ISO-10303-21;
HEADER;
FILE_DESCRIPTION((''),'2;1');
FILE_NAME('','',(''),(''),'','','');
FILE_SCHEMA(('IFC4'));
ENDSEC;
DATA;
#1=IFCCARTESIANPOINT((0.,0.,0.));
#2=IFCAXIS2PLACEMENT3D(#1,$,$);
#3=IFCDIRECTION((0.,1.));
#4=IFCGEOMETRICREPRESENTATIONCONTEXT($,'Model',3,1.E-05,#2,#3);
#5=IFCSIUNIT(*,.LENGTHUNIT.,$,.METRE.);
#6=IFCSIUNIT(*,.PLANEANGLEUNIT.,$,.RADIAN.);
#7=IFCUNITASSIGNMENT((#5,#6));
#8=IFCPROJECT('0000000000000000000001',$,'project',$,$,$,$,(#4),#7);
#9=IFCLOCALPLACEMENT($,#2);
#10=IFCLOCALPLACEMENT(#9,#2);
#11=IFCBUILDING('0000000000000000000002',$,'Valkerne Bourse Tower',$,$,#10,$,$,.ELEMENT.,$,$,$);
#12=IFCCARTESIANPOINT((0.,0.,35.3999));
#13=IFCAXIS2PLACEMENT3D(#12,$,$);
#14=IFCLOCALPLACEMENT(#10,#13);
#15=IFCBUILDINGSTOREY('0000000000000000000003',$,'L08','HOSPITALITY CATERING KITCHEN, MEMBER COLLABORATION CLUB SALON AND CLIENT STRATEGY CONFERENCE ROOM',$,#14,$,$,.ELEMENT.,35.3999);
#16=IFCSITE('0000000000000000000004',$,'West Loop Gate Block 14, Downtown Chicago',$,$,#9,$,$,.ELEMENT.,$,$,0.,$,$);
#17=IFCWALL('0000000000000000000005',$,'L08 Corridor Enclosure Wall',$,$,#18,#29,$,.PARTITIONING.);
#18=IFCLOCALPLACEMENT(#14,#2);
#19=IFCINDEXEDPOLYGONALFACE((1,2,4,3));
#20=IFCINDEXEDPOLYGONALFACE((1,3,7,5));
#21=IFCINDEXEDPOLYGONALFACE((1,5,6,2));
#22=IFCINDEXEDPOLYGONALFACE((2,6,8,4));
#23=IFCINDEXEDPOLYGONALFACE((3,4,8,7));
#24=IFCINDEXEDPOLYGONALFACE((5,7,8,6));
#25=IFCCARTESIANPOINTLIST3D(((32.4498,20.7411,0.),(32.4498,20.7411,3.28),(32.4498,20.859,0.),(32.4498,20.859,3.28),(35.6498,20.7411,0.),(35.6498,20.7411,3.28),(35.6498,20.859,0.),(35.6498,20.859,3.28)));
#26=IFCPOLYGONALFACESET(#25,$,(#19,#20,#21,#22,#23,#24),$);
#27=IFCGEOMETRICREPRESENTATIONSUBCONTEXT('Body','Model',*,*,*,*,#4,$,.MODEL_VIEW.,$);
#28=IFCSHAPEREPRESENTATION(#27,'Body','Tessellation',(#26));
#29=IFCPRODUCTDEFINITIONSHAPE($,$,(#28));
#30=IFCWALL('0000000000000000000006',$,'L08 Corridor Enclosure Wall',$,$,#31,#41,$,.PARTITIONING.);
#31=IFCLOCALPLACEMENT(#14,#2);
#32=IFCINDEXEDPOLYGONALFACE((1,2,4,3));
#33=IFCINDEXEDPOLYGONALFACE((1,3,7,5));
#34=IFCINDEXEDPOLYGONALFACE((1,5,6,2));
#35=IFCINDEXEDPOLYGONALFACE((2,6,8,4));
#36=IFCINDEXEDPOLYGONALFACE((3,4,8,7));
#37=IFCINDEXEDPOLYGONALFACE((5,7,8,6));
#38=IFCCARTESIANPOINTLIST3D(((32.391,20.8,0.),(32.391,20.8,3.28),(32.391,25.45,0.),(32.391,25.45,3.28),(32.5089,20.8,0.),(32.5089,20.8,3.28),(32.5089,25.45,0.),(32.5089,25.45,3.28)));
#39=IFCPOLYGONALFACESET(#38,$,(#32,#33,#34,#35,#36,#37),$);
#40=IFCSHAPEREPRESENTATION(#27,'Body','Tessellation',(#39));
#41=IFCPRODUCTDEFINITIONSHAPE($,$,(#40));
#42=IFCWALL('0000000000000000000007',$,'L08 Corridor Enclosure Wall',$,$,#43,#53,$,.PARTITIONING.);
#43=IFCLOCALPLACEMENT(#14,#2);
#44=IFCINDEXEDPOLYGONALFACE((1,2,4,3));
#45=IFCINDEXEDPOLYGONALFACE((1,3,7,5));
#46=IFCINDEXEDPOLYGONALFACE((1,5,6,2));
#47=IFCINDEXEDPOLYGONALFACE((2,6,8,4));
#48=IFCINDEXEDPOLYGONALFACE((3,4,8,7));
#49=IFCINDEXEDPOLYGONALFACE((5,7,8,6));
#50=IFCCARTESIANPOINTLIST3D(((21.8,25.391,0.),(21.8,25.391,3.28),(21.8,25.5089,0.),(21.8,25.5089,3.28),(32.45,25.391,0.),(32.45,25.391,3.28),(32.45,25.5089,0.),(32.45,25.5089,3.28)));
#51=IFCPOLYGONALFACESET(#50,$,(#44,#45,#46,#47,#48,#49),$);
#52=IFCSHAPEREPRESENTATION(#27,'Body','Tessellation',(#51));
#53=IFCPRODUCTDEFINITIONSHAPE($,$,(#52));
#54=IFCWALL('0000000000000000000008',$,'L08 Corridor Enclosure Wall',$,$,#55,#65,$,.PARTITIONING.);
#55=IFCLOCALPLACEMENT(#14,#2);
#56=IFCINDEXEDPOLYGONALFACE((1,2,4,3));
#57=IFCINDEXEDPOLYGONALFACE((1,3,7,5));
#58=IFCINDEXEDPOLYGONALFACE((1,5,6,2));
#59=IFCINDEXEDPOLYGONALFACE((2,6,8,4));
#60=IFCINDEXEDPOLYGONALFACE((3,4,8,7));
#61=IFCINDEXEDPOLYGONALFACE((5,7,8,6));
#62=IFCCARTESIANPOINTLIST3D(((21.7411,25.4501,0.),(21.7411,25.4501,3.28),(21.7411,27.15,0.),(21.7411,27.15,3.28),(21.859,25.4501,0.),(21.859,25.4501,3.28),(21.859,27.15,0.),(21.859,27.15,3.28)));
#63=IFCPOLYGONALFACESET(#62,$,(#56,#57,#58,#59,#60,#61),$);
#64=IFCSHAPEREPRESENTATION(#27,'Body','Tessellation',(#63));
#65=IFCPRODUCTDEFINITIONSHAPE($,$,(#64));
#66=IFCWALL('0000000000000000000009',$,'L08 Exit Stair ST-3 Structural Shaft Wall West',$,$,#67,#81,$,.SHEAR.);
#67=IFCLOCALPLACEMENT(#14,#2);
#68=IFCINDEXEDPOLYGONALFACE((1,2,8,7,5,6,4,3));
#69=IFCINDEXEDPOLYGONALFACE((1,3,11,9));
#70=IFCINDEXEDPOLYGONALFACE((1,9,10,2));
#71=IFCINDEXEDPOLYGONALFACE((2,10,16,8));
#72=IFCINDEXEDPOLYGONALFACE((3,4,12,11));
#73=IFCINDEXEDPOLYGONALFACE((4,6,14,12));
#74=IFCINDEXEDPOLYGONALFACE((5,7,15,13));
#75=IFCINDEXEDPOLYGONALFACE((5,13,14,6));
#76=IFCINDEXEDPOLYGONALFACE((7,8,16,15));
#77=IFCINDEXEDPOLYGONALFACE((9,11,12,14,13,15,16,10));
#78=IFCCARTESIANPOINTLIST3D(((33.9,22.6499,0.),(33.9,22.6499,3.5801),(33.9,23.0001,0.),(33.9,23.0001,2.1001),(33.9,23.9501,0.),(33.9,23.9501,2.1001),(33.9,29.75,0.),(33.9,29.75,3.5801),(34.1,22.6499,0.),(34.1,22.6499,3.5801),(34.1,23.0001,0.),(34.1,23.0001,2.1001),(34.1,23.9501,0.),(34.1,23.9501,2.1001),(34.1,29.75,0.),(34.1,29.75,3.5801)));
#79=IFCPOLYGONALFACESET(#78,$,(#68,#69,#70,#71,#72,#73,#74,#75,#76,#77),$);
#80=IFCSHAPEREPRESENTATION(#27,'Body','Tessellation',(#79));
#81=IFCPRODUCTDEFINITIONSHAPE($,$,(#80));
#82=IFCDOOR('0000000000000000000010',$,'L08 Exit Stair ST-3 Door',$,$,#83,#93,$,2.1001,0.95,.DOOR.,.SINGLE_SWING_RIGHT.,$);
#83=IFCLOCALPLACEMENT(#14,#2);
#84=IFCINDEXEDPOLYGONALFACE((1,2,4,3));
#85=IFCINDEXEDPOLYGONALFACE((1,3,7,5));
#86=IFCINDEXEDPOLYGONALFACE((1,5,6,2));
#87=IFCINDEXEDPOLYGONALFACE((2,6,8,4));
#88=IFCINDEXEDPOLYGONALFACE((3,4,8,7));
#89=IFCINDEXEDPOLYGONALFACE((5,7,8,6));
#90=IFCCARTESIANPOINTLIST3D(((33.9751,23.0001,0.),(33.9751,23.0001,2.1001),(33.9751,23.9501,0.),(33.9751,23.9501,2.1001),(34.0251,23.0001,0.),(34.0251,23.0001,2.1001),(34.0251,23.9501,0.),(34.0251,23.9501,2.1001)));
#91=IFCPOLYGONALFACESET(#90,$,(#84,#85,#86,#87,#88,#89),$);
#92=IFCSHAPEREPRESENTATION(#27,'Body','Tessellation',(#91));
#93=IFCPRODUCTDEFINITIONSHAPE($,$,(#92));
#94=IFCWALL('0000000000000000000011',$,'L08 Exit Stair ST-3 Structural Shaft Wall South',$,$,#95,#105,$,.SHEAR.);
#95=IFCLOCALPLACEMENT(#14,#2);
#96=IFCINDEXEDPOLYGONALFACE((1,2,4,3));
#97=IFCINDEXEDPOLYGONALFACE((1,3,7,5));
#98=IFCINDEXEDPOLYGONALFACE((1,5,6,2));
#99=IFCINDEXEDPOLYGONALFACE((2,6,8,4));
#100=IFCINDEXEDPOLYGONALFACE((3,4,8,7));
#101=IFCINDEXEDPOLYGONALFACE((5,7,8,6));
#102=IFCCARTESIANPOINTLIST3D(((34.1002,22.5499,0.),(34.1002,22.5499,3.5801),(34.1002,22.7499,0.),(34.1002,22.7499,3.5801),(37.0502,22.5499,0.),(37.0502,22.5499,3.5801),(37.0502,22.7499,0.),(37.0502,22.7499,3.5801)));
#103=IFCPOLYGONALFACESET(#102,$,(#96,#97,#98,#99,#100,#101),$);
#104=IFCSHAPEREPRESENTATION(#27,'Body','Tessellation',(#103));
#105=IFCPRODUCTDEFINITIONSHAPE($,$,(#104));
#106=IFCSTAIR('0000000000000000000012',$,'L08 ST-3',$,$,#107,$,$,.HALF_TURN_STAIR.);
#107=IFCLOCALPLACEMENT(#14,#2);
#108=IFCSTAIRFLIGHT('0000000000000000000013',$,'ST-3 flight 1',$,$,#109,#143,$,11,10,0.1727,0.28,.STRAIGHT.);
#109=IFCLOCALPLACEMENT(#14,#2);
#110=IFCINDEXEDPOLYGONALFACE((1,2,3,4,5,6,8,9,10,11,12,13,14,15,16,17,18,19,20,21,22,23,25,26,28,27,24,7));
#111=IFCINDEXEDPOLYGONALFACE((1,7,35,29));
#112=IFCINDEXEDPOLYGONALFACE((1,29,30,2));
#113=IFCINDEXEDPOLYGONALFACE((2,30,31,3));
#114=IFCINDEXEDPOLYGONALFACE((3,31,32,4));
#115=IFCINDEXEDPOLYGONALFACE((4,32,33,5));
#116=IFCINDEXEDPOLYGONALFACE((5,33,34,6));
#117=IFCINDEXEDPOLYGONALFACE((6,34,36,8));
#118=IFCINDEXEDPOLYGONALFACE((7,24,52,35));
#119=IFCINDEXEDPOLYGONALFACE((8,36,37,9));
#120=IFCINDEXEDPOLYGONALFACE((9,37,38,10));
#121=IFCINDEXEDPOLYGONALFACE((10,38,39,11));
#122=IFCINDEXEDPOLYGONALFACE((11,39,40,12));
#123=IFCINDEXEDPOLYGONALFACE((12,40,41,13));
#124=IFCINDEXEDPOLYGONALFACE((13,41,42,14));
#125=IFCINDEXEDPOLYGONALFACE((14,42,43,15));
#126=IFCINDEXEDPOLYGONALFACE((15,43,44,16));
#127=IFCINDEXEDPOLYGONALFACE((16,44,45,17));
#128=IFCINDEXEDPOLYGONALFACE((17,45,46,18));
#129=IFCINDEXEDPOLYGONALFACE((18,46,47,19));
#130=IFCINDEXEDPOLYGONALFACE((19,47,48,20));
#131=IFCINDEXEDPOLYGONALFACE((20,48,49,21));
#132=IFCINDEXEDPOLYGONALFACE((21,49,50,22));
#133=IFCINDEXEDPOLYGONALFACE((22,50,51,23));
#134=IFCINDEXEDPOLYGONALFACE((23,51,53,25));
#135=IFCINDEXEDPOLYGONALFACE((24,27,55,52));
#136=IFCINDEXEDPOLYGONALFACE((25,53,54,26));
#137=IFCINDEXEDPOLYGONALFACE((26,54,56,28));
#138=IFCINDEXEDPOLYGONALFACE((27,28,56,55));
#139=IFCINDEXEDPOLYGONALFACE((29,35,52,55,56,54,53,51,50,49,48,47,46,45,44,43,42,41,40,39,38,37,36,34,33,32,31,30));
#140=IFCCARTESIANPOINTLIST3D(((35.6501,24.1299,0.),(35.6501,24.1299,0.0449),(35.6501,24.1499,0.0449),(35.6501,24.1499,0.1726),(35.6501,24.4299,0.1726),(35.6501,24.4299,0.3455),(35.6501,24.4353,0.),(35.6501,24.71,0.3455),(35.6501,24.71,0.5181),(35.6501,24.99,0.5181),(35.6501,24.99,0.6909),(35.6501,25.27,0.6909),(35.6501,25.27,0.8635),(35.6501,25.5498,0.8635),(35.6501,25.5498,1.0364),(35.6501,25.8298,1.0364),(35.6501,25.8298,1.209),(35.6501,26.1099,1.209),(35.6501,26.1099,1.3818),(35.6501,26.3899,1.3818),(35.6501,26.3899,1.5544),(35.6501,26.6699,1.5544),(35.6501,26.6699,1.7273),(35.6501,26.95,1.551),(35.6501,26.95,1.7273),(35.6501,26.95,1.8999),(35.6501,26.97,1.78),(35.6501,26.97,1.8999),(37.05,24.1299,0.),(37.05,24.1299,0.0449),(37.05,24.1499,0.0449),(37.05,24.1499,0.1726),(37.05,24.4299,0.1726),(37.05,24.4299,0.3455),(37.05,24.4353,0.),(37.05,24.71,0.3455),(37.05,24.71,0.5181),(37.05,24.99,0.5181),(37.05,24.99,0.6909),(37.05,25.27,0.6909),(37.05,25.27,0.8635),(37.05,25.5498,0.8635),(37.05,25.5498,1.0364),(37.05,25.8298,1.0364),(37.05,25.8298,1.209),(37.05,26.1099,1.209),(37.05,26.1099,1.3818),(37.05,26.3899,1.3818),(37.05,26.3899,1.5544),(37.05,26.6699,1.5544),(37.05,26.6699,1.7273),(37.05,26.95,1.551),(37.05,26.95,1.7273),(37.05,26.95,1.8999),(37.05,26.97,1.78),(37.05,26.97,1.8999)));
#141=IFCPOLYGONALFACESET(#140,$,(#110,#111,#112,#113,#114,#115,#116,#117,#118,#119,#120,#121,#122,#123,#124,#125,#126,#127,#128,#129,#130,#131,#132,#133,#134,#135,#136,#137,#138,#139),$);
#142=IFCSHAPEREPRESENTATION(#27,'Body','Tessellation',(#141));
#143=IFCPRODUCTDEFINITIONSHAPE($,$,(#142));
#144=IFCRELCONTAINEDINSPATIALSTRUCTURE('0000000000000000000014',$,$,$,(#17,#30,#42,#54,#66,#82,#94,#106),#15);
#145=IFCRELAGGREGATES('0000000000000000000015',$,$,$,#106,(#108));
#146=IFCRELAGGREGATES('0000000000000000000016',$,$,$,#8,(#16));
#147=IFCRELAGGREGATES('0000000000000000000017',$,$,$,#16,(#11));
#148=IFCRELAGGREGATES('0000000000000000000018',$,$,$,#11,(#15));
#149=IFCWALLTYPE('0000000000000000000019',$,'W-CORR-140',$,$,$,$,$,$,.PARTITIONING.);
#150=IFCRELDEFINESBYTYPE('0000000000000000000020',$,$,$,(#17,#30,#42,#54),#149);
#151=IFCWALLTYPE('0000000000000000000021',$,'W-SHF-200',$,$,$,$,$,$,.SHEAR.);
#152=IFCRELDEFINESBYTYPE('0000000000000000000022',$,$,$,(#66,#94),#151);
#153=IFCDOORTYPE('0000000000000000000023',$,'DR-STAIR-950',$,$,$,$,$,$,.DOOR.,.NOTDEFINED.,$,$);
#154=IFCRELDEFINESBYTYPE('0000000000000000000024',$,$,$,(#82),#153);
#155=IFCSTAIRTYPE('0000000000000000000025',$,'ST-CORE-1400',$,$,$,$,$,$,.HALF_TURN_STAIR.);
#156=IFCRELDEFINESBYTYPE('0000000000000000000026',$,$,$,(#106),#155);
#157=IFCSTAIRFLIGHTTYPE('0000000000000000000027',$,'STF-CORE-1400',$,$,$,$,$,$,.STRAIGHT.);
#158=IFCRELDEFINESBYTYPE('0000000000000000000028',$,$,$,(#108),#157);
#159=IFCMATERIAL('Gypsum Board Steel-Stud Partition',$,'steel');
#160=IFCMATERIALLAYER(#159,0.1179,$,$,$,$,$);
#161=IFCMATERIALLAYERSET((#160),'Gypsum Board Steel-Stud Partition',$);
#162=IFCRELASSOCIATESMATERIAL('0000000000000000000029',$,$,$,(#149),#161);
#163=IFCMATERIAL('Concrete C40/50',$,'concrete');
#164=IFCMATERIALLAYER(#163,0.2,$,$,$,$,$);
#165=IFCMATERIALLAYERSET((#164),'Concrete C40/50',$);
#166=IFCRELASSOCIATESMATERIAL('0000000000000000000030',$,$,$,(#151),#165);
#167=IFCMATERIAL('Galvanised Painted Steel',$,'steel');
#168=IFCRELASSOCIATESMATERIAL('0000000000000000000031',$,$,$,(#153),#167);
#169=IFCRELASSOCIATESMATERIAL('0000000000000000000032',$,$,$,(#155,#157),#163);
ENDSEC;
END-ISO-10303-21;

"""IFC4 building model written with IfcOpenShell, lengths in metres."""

from ifc_helpers import new_model, si_unit, direction, frame, frame_2d, origin, place, context, subcontext, project, spatial, polyline, rectangle, outline, extrude, material, layer, layer_set, type_object, element, fill, aggregate, save


model = new_model("IFC4")

# Units and contexts
model_context = context("Model", 3, precision=1e-05, world=origin(), true_north=direction((0.0, 1.0)))
body_context = subcontext(model_context, "Body", "Model", "MODEL_VIEW")
ifc_project = project(units=[si_unit("LENGTHUNIT", "METRE"), si_unit("PLANEANGLEUNIT", "RADIAN")], contexts=[model_context])

# Site, building, storey
site_placement = place(None, origin())
site = spatial("IfcSite", under=ifc_project, at=site_placement, Name="West Loop Gate Block 14, Downtown Chicago", CompositionType="ELEMENT", RefElevation=0.0)
building_placement = place(site_placement, origin())
building = spatial("IfcBuilding", under=site, at=building_placement, Name="Valkerne Bourse Tower", CompositionType="ELEMENT")
storey_placement = place(building_placement, frame((0.0, 0.0, 35.3999)))
storey = spatial("IfcBuildingStorey", under=building, at=storey_placement, Name="L08", Description="HOSPITALITY CATERING KITCHEN, MEMBER COLLABORATION CLUB SALON AND CLIENT STRATEGY CONFERENCE ROOM", CompositionType="ELEMENT", Elevation=35.3999)

# Walls
ifc_material_1 = material(Name="Gypsum Board Steel-Stud Partition", Category="steel")
ifc_layer_1 = layer(ifc_material_1, 0.1179)
ifc_layer_set_1 = layer_set([ifc_layer_1], Name="Gypsum Board Steel-Stud Partition")
wall_type_1 = type_object("IfcWallType", Name="W-CORR-140", PredefinedType="PARTITIONING", material=ifc_layer_set_1)
wall_1_placement = place(storey_placement, frame((35.6499, 20.8, 0.0), z_axis=(0.0, 0.0, 1.0), x_axis=(-1.0, 0.0, 0.0)))
element("IfcWall", 1, at=wall_1_placement, inside=storey, type_object=wall_type_1, Name="L08 Corridor Enclosure Wall", PredefinedType="PARTITIONING", context=body_context, shape_type="SweptSolid", body=[
    extrude(rectangle(XDim=3.2, YDim=0.1179, at=frame_2d((1.6001, 0.0))), origin(), (0.0, 0.0, 1.0), 3.28),
])
wall_2_placement = place(storey_placement, frame((32.45, 20.8, 0.0), z_axis=(0.0, 0.0, 1.0), x_axis=(0.0, 1.0, 0.0)))
element("IfcWall", 2, at=wall_2_placement, inside=storey, type_object=wall_type_1, Name="L08 Corridor Enclosure Wall", PredefinedType="PARTITIONING", context=body_context, shape_type="SweptSolid", body=[
    extrude(rectangle(XDim=4.6499, YDim=0.1179, at=frame_2d((2.325, 0.0))), origin(), (0.0, 0.0, 1.0), 3.28),
])
wall_3_placement = place(storey_placement, frame((32.45, 25.45, 0.0), z_axis=(0.0, 0.0, 1.0), x_axis=(-1.0, 0.0, 0.0)))
element("IfcWall", 3, at=wall_3_placement, inside=storey, type_object=wall_type_1, Name="L08 Corridor Enclosure Wall", PredefinedType="PARTITIONING", context=body_context, shape_type="SweptSolid", body=[
    extrude(rectangle(XDim=10.6499, YDim=0.1179, at=frame_2d((5.325, 0.0))), origin(), (0.0, 0.0, 1.0), 3.28),
])
wall_4_placement = place(storey_placement, frame((21.8, 25.45, 0.0), z_axis=(0.0, 0.0, 1.0), x_axis=(0.0, 1.0, 0.0)))
element("IfcWall", 4, at=wall_4_placement, inside=storey, type_object=wall_type_1, Name="L08 Corridor Enclosure Wall", PredefinedType="PARTITIONING", context=body_context, shape_type="SweptSolid", body=[
    extrude(rectangle(XDim=1.7, YDim=0.1179, at=frame_2d((0.8501, 0.0))), origin(), (0.0, 0.0, 1.0), 3.28),
])

# Wall, opening, door
ifc_material_2 = material(Name="Concrete C40/50", Category="concrete")
ifc_layer_2 = layer(ifc_material_2, 0.2)
ifc_layer_set_2 = layer_set([ifc_layer_2], Name="Concrete C40/50")
wall_type_2 = type_object("IfcWallType", Name="W-SHF-200", PredefinedType="SHEAR", material=ifc_layer_set_2)
wall_5_placement = place(storey_placement, frame((34.0, 22.6499, 0.0), z_axis=(0.0, 0.0, 1.0), x_axis=(0.0, 1.0, 0.0)))
wall_5 = element("IfcWall", 5, at=wall_5_placement, inside=storey, type_object=wall_type_2, Name="L08 Exit Stair ST-3 Structural Shaft Wall West", PredefinedType="SHEAR", context=body_context, shape_type="SweptSolid", body=[
    extrude(rectangle(XDim=7.1001, YDim=0.2, at=frame_2d((3.55, 0.0))), origin(), (0.0, 0.0, 1.0), 3.5801),
])
opening_placement = place(wall_5_placement, frame((0.3501, 0.0, 0.0)))
opening = element("IfcOpeningElement", 6, at=opening_placement, cuts=wall_5, PredefinedType="OPENING", context=body_context, shape_type="SweptSolid", body=[
    extrude(rectangle(XDim=0.95, YDim=2.1001, at=frame_2d((0.4751, 1.05))), frame((0.0, 0.1099, 0.0), z_axis=(0.0, -1.0, 0.0), x_axis=(1.0, 0.0, 0.0)), (0.0, 0.0, 1.0), 0.22),
])
ifc_material_3 = material(Name="Galvanised Painted Steel", Category="steel")
door_type = type_object("IfcDoorType", Name="DR-STAIR-950", OperationType="NOTDEFINED", PredefinedType="DOOR", material=ifc_material_3)
door_placement = place(opening_placement, origin())
door = element("IfcDoor", 7, at=door_placement, inside=storey, type_object=door_type, Name="L08 Exit Stair ST-3 Door", OperationType="SINGLE_SWING_RIGHT", OverallHeight=2.1001, OverallWidth=0.95, PredefinedType="DOOR", context=body_context, shape_type="SweptSolid", body=[
    extrude(rectangle(XDim=0.95, YDim=2.1001, at=frame_2d((0.4751, 1.05))), frame((0.0, 0.0249, 0.0), z_axis=(0.0, -1.0, 0.0), x_axis=(1.0, 0.0, 0.0)), (0.0, 0.0, 1.0), 0.05),
])
fill(opening, door)

# Wall
wall_6_placement = place(storey_placement, frame((34.1001, 22.6499, 0.0), z_axis=(0.0, 0.0, 1.0), x_axis=(1.0, 0.0, 0.0)))
element("IfcWall", 8, at=wall_6_placement, inside=storey, type_object=wall_type_2, Name="L08 Exit Stair ST-3 Structural Shaft Wall South", PredefinedType="SHEAR", context=body_context, shape_type="SweptSolid", body=[
    extrude(rectangle(XDim=2.95, YDim=0.2, at=frame_2d((1.4751, 0.0))), origin(), (0.0, 0.0, 1.0), 3.5801),
])

# Stair, stair flight
stair_type = type_object("IfcStairType", Name="ST-CORE-1400", PredefinedType="HALF_TURN_STAIR", material=ifc_material_2)
stair_placement = place(storey_placement, origin())
stair = element("IfcStair", 9, at=stair_placement, inside=storey, type_object=stair_type, Name="L08 ST-3", PredefinedType="HALF_TURN_STAIR")
stair_flight_type = type_object("IfcStairFlightType", Name="STF-CORE-1400", PredefinedType="STRAIGHT", material=ifc_material_2)
stair_flight_placement = place(storey_placement, frame((36.3501, 24.1499, 0.0), z_axis=(0.0, 0.0, 1.0), x_axis=(0.0, 1.0, 0.0)))
stair_flight = element("IfcStairFlight", 10, at=stair_flight_placement, type_object=stair_flight_type, Name="ST-3 flight 1", NumberOfRisers=11, NumberOfTreads=10, PredefinedType="STRAIGHT", RiserHeight=0.1727, TreadLength=0.28, context=body_context, shape_type="SweptSolid", body=[
    extrude(outline(polyline([(-0.02, 0.0), (-0.02, 0.0449), (0.0, 0.0449), (0.0, 0.1726), (0.28, 0.1726), (0.28, 0.3455), (0.5601, 0.3455), (0.5601, 0.5181), (0.8401, 0.5181), (0.8401, 0.6909), (1.1201, 0.6909), (1.1201, 0.8635), (1.3999, 0.8635), (1.3999, 1.0364), (1.6799, 1.0364), (1.6799, 1.209), (1.96, 1.209), (1.96, 1.3818), (2.24, 1.3818), (2.24, 1.5544), (2.52, 1.5544), (2.52, 1.7273), (2.8, 1.7273), (2.8, 1.8999), (2.8201, 1.8999), (2.8201, 1.78), (2.8, 1.551), (0.2854, 0.0), (-0.02, 0.0)])), frame((0.0, 0.7, 0.0), z_axis=(0.0, -1.0, 0.0), x_axis=(1.0, 0.0, 0.0)), (0.0, 0.0, 1.0), 1.3999),
])
aggregate(stair, [stair_flight])

save(model, "model.ifc")
